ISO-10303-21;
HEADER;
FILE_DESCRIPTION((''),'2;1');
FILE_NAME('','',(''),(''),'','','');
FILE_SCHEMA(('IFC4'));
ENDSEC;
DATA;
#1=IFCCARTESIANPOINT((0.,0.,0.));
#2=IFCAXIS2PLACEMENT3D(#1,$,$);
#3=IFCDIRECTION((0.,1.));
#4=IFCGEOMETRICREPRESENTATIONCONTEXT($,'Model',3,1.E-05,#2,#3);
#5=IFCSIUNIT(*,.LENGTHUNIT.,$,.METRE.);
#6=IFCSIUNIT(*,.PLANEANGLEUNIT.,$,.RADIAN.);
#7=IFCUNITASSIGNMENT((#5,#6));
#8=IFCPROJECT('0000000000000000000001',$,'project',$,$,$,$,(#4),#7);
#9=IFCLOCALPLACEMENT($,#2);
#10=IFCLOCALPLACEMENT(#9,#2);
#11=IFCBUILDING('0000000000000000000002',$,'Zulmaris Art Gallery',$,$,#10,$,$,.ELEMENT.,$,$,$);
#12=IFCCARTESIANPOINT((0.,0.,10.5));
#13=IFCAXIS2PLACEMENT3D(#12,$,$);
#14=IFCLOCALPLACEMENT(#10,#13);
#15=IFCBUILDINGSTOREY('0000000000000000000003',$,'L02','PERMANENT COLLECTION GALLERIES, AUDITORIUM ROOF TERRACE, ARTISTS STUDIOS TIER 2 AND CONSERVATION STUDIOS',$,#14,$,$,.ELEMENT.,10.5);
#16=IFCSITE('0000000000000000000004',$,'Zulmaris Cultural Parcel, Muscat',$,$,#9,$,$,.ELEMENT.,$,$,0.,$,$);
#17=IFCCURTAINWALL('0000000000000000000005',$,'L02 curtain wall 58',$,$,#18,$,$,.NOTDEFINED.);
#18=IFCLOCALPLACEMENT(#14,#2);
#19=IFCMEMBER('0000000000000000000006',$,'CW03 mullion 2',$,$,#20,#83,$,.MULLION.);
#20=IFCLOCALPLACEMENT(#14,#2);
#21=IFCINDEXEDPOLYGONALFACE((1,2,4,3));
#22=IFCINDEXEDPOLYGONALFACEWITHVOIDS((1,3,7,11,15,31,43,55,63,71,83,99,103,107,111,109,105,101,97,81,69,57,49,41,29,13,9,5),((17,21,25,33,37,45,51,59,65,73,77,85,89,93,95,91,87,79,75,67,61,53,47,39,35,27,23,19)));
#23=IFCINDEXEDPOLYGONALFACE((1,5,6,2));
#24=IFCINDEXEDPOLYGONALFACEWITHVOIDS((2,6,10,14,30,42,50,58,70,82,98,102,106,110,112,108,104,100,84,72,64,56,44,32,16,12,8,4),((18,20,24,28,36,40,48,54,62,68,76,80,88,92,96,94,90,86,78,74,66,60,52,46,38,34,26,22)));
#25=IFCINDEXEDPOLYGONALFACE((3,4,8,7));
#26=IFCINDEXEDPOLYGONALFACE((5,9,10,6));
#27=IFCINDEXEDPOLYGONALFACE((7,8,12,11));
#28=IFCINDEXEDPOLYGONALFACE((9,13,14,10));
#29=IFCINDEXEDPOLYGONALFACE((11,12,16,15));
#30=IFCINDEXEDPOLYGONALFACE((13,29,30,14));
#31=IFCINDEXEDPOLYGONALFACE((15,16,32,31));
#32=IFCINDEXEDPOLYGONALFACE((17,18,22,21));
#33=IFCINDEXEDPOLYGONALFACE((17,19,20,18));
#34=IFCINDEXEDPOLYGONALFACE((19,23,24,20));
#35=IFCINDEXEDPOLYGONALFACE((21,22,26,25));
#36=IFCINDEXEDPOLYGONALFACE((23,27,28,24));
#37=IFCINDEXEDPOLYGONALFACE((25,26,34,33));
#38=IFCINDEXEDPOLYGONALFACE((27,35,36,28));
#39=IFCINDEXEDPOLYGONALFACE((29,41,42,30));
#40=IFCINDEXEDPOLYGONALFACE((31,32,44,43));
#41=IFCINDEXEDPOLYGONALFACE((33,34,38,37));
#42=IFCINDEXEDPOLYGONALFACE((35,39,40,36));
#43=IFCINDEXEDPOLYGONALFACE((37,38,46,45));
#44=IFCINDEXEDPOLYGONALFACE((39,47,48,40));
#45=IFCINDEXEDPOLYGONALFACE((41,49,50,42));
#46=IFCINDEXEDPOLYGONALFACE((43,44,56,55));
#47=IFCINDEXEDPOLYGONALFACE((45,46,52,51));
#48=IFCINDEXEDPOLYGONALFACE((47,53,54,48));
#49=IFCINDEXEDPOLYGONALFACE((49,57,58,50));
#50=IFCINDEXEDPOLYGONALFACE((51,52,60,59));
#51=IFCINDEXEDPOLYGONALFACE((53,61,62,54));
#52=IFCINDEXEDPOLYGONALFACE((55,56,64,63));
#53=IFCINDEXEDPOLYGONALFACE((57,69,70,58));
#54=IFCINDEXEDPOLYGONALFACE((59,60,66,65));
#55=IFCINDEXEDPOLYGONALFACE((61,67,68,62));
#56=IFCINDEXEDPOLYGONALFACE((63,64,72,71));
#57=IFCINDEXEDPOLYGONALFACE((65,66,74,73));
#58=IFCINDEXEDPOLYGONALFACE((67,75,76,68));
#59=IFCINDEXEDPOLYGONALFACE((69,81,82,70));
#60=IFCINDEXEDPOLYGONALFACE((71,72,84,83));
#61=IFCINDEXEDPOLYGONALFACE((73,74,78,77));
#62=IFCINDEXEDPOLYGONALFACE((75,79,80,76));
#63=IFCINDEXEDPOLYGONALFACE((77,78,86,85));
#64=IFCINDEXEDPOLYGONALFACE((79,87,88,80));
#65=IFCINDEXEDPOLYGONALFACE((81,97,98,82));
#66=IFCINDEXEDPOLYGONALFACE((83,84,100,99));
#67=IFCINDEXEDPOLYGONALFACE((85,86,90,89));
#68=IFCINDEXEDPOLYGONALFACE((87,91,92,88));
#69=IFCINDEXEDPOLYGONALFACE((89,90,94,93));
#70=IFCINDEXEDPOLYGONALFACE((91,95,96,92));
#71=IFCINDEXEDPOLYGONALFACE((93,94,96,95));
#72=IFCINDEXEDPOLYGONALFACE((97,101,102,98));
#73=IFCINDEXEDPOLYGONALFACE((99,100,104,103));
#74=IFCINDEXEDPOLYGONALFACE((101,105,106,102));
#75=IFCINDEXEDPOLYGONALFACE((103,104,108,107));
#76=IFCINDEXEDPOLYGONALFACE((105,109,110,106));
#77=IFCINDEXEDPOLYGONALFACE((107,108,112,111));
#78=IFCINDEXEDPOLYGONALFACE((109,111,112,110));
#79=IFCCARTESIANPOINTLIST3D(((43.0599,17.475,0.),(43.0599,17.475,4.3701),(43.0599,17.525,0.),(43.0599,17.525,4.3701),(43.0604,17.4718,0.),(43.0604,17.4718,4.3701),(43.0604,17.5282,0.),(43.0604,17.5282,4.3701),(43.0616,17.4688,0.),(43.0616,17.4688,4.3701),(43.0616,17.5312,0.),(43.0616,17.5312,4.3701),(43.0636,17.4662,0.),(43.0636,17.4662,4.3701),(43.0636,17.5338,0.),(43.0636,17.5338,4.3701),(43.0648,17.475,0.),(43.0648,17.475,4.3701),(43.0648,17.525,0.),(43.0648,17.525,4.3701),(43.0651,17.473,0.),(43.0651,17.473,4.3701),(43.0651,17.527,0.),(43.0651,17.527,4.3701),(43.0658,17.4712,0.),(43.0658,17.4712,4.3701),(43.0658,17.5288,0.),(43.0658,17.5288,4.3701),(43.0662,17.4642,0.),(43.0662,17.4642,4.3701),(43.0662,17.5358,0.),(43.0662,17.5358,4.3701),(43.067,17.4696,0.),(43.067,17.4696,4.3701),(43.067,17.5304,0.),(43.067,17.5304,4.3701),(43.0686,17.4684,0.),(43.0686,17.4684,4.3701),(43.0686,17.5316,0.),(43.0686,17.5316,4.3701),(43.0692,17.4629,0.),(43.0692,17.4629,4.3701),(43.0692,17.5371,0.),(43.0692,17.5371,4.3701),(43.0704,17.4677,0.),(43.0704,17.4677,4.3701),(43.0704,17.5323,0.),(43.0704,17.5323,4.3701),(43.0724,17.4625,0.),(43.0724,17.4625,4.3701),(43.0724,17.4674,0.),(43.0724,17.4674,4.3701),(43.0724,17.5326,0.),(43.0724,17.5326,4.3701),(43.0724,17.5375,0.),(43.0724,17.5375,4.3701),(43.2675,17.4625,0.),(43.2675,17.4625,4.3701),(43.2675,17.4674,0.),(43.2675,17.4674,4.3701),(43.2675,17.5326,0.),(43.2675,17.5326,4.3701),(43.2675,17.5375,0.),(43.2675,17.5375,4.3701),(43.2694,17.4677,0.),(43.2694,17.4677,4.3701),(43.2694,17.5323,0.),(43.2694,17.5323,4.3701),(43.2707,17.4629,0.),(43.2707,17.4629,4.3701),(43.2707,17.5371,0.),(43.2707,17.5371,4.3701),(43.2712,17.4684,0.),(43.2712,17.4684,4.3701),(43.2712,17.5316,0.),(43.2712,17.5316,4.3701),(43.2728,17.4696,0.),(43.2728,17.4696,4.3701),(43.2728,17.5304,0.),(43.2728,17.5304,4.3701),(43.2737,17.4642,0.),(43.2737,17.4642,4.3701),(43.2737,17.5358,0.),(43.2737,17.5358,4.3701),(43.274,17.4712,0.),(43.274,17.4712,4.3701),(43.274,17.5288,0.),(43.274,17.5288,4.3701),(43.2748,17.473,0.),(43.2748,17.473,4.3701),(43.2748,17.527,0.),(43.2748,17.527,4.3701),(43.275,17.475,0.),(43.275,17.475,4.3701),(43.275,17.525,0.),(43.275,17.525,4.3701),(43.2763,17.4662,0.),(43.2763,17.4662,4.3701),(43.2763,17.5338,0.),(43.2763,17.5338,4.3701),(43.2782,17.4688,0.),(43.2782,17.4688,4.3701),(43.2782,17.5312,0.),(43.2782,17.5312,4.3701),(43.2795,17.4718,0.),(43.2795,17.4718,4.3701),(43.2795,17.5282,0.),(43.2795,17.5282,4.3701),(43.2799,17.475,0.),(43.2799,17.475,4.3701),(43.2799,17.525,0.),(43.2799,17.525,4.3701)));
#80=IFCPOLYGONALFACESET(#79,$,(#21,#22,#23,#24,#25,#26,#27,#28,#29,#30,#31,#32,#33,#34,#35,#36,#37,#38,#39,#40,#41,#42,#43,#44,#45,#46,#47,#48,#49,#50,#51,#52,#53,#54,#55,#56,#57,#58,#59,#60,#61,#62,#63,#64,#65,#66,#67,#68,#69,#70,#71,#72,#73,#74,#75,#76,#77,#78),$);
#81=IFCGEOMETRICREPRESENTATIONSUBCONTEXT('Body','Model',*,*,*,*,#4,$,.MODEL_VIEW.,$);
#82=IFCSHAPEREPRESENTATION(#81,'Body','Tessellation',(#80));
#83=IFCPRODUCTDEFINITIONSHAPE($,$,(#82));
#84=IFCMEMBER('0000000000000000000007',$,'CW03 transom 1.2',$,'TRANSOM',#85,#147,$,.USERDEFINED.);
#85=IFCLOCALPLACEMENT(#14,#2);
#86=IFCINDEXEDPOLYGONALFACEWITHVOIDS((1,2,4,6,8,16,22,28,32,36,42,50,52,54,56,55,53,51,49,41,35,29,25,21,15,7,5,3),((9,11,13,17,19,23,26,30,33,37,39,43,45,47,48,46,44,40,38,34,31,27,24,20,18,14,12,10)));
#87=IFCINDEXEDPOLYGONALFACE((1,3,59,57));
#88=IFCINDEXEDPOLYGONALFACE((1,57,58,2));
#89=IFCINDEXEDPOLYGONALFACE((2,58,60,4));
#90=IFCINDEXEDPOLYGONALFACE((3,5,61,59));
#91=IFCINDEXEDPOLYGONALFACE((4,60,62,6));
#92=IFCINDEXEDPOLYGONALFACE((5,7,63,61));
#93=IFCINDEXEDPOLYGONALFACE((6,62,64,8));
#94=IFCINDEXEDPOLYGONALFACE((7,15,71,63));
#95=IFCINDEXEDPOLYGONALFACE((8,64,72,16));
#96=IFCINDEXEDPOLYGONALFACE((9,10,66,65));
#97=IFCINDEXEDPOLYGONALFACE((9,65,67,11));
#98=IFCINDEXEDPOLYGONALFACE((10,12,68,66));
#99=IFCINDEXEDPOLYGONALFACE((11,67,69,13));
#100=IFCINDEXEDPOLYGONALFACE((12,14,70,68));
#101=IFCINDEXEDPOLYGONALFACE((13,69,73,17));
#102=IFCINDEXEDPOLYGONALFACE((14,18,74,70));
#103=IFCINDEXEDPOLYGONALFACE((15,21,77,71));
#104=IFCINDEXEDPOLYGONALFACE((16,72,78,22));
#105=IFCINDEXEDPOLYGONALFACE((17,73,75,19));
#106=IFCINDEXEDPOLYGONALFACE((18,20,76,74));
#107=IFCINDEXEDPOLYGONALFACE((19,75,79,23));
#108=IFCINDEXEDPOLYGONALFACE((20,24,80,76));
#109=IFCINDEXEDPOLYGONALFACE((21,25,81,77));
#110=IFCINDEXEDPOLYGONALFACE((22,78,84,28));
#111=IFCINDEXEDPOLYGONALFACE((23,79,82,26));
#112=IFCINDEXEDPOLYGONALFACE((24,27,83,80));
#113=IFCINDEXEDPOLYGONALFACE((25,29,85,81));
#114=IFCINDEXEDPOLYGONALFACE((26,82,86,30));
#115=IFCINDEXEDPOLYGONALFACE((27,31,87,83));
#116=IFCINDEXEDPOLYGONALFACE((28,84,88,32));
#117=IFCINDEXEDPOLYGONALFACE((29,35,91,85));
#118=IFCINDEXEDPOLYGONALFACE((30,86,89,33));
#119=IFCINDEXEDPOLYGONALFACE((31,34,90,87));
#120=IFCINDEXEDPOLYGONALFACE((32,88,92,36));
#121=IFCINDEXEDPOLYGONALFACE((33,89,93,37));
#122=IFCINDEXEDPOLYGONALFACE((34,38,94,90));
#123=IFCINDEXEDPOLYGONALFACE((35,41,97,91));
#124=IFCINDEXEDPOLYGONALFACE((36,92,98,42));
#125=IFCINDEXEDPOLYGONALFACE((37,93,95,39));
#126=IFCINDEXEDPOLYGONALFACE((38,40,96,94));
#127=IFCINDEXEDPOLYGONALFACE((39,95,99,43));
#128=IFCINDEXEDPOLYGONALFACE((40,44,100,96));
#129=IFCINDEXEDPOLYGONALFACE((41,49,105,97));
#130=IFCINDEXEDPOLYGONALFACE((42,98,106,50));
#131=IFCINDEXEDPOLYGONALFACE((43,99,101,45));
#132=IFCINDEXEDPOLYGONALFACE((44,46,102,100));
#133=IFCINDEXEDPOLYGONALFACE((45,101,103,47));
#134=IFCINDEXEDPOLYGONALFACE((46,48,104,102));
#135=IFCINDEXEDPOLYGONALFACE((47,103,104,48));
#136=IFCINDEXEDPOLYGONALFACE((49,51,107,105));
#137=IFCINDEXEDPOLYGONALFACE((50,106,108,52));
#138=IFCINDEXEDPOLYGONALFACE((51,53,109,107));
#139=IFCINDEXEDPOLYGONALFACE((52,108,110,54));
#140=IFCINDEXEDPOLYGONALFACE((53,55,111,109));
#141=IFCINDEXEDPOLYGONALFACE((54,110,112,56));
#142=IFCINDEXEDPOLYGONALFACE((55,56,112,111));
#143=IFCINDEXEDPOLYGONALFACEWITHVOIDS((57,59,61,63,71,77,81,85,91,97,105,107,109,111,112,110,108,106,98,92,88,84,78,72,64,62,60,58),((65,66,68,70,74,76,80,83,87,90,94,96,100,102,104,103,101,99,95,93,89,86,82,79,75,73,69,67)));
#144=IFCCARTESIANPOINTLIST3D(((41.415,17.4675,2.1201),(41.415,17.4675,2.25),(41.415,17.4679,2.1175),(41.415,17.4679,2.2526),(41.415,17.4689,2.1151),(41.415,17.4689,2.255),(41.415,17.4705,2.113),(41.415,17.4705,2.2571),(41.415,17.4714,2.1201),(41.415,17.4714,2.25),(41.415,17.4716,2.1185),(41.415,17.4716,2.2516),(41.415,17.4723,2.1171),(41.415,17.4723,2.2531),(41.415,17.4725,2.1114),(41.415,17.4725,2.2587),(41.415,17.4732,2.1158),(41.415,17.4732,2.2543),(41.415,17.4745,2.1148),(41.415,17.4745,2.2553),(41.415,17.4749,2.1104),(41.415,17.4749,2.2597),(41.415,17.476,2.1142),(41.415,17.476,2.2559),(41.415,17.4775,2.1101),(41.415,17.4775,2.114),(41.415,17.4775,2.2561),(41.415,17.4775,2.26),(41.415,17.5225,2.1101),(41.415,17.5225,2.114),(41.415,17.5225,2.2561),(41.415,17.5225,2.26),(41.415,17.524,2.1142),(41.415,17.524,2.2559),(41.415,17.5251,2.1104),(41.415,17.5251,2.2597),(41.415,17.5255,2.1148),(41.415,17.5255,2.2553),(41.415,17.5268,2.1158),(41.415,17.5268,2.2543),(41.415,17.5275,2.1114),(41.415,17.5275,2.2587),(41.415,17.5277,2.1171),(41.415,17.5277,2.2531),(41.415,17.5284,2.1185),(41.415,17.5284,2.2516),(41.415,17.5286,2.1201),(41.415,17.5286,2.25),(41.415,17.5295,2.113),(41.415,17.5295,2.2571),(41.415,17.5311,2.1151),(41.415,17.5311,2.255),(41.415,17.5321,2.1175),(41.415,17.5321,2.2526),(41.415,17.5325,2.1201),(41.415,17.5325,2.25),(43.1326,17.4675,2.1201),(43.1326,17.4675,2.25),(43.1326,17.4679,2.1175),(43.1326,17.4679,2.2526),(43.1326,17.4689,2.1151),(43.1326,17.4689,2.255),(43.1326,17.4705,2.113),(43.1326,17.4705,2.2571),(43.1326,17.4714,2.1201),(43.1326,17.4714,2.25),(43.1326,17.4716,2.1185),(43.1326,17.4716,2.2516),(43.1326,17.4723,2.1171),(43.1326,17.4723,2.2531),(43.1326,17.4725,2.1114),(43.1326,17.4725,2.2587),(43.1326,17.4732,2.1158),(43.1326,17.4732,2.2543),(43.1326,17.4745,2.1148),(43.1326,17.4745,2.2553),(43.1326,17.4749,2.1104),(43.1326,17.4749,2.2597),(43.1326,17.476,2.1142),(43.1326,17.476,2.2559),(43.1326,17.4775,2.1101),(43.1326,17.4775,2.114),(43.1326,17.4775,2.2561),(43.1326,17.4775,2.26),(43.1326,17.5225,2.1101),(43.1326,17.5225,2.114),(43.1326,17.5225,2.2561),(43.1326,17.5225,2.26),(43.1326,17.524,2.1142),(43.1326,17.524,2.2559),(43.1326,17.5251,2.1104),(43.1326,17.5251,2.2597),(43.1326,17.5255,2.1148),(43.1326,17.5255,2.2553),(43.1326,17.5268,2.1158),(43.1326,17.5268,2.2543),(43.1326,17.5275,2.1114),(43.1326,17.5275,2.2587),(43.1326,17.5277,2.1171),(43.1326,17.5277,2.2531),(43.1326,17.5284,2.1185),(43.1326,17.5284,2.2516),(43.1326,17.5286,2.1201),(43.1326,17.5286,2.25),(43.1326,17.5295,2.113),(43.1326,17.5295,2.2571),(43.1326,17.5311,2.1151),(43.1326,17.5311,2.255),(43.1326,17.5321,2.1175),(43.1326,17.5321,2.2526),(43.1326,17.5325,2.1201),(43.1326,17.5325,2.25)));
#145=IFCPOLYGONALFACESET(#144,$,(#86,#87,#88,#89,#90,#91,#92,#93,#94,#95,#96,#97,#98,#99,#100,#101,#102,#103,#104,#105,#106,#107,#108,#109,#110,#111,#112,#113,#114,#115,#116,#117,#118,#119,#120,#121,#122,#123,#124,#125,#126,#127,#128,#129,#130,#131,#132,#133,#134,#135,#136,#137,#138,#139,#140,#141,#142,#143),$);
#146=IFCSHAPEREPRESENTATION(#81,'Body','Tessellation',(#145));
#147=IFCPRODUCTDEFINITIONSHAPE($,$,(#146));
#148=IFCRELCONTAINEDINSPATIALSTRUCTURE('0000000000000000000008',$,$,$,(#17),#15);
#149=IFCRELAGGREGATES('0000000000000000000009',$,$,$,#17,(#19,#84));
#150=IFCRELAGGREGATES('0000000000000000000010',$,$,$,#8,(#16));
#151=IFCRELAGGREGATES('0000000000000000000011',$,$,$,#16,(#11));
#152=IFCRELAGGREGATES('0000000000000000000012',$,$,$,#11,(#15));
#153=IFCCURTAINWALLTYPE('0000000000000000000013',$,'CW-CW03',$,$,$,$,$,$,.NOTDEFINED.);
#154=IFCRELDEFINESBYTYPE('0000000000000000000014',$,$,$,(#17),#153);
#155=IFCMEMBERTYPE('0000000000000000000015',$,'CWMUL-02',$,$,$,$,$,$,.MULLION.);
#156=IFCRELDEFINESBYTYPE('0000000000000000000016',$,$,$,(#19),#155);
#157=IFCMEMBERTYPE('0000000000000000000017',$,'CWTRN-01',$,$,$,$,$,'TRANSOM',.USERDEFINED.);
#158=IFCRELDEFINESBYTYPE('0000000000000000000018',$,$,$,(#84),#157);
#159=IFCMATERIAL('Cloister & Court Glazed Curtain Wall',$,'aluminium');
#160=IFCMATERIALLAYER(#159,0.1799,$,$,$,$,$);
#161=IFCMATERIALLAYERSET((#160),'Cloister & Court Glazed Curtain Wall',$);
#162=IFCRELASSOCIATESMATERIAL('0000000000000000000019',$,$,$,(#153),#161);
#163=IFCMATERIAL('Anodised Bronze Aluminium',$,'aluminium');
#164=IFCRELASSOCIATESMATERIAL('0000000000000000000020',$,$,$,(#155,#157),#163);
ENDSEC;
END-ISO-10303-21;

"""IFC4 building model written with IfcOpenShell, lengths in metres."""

from ifc_helpers import new_model, si_unit, direction, frame, origin, origin_2d, place, context, subcontext, project, spatial, hollow_rectangle, extrude, material, layer, layer_set, material_profile, profile_set, type_object, element, aggregate, save


model = new_model("IFC4")

# Units and contexts
model_context = context("Model", 3, precision=1e-05, world=origin(), true_north=direction((0.0, 1.0)))
body_context = subcontext(model_context, "Body", "Model", "MODEL_VIEW")
ifc_project = project(units=[si_unit("LENGTHUNIT", "METRE"), si_unit("PLANEANGLEUNIT", "RADIAN")], contexts=[model_context])

# Site, building, storey
site_placement = place(None, origin())
site = spatial("IfcSite", under=ifc_project, at=site_placement, Name="Zulmaris Cultural Parcel, Muscat", CompositionType="ELEMENT", RefElevation=0.0)
building_placement = place(site_placement, origin())
building = spatial("IfcBuilding", under=site, at=building_placement, Name="Zulmaris Art Gallery", CompositionType="ELEMENT")
storey_placement = place(building_placement, frame((0.0, 0.0, 10.5)))
storey = spatial("IfcBuildingStorey", under=building, at=storey_placement, Name="L02", Description="PERMANENT COLLECTION GALLERIES, AUDITORIUM ROOF TERRACE, ARTISTS STUDIOS TIER 2 AND CONSERVATION STUDIOS", CompositionType="ELEMENT", Elevation=10.5)

# Curtain wall, members
ifc_material_1 = material(Name="Cloister & Court Glazed Curtain Wall", Category="aluminium")
ifc_layer_1 = layer(ifc_material_1, 0.1799)
ifc_layer_set_1 = layer_set([ifc_layer_1], Name="Cloister & Court Glazed Curtain Wall")
curtain_wall_type = type_object("IfcCurtainWallType", Name="CW-CW03", PredefinedType="NOTDEFINED", material=ifc_layer_set_1)
curtain_wall_placement = place(storey_placement, origin())
curtain_wall = element("IfcCurtainWall", 1, at=curtain_wall_placement, inside=storey, type_object=curtain_wall_type, Name="L02 curtain wall 58", PredefinedType="NOTDEFINED")
ifc_material_2 = material(Name="Anodised Bronze Aluminium", Category="aluminium")
ifc_material_profile_1 = material_profile(ifc_material_2, hollow_rectangle(XDim=0.075, YDim=0.22, WallThickness=0.0049, InnerFilletRadius=0.0076, OuterFilletRadius=0.0125, at=origin_2d()), Name="ALU 75x220x5")
ifc_profile_set_1 = profile_set([ifc_material_profile_1], Name="Anodised Bronze Aluminium")
member_type_1 = type_object("IfcMemberType", Name="CWMUL-02", PredefinedType="MULLION", material=ifc_profile_set_1)
member_1_placement = place(storey_placement, frame((43.1699, 17.5, 0.0), z_axis=(0.0, 0.0, 1.0), x_axis=(0.0, 1.0, 0.0)))
member_1 = element("IfcMember", 2, at=member_1_placement, type_object=member_type_1, Name="CW03 mullion 2", PredefinedType="MULLION", context=body_context, shape_type="SweptSolid", body=[
    extrude(hollow_rectangle(XDim=0.075, YDim=0.22, WallThickness=0.0049, InnerFilletRadius=0.0076, OuterFilletRadius=0.0125, at=origin_2d()), origin(), (0.0, 0.0, 1.0), 4.3701),
])
ifc_material_profile_2 = material_profile(ifc_material_2, hollow_rectangle(XDim=0.0649, YDim=0.1499, WallThickness=0.0039, InnerFilletRadius=0.0061, OuterFilletRadius=0.01, at=origin_2d()), Name="ALU 65x150x4")
ifc_profile_set_2 = profile_set([ifc_material_profile_2], Name="Anodised Bronze Aluminium")
member_type_2 = type_object("IfcMemberType", Name="CWTRN-01", ElementType="TRANSOM", PredefinedType="USERDEFINED", material=ifc_profile_set_2)
member_2_placement = place(storey_placement, frame((41.415, 17.5, 2.1851), z_axis=(1.0, 0.0, 0.0), x_axis=(0.0, 1.0, 0.0)))
member_2 = element("IfcMember", 3, at=member_2_placement, type_object=member_type_2, Name="CW03 transom 1.2", ObjectType="TRANSOM", PredefinedType="USERDEFINED", context=body_context, shape_type="SweptSolid", body=[
    extrude(hollow_rectangle(XDim=0.0649, YDim=0.1499, WallThickness=0.0039, InnerFilletRadius=0.0061, OuterFilletRadius=0.01, at=origin_2d()), origin(), (0.0, 0.0, 1.0), 1.7175),
])
aggregate(curtain_wall, [member_1, member_2])

save(model, "model.ifc")
